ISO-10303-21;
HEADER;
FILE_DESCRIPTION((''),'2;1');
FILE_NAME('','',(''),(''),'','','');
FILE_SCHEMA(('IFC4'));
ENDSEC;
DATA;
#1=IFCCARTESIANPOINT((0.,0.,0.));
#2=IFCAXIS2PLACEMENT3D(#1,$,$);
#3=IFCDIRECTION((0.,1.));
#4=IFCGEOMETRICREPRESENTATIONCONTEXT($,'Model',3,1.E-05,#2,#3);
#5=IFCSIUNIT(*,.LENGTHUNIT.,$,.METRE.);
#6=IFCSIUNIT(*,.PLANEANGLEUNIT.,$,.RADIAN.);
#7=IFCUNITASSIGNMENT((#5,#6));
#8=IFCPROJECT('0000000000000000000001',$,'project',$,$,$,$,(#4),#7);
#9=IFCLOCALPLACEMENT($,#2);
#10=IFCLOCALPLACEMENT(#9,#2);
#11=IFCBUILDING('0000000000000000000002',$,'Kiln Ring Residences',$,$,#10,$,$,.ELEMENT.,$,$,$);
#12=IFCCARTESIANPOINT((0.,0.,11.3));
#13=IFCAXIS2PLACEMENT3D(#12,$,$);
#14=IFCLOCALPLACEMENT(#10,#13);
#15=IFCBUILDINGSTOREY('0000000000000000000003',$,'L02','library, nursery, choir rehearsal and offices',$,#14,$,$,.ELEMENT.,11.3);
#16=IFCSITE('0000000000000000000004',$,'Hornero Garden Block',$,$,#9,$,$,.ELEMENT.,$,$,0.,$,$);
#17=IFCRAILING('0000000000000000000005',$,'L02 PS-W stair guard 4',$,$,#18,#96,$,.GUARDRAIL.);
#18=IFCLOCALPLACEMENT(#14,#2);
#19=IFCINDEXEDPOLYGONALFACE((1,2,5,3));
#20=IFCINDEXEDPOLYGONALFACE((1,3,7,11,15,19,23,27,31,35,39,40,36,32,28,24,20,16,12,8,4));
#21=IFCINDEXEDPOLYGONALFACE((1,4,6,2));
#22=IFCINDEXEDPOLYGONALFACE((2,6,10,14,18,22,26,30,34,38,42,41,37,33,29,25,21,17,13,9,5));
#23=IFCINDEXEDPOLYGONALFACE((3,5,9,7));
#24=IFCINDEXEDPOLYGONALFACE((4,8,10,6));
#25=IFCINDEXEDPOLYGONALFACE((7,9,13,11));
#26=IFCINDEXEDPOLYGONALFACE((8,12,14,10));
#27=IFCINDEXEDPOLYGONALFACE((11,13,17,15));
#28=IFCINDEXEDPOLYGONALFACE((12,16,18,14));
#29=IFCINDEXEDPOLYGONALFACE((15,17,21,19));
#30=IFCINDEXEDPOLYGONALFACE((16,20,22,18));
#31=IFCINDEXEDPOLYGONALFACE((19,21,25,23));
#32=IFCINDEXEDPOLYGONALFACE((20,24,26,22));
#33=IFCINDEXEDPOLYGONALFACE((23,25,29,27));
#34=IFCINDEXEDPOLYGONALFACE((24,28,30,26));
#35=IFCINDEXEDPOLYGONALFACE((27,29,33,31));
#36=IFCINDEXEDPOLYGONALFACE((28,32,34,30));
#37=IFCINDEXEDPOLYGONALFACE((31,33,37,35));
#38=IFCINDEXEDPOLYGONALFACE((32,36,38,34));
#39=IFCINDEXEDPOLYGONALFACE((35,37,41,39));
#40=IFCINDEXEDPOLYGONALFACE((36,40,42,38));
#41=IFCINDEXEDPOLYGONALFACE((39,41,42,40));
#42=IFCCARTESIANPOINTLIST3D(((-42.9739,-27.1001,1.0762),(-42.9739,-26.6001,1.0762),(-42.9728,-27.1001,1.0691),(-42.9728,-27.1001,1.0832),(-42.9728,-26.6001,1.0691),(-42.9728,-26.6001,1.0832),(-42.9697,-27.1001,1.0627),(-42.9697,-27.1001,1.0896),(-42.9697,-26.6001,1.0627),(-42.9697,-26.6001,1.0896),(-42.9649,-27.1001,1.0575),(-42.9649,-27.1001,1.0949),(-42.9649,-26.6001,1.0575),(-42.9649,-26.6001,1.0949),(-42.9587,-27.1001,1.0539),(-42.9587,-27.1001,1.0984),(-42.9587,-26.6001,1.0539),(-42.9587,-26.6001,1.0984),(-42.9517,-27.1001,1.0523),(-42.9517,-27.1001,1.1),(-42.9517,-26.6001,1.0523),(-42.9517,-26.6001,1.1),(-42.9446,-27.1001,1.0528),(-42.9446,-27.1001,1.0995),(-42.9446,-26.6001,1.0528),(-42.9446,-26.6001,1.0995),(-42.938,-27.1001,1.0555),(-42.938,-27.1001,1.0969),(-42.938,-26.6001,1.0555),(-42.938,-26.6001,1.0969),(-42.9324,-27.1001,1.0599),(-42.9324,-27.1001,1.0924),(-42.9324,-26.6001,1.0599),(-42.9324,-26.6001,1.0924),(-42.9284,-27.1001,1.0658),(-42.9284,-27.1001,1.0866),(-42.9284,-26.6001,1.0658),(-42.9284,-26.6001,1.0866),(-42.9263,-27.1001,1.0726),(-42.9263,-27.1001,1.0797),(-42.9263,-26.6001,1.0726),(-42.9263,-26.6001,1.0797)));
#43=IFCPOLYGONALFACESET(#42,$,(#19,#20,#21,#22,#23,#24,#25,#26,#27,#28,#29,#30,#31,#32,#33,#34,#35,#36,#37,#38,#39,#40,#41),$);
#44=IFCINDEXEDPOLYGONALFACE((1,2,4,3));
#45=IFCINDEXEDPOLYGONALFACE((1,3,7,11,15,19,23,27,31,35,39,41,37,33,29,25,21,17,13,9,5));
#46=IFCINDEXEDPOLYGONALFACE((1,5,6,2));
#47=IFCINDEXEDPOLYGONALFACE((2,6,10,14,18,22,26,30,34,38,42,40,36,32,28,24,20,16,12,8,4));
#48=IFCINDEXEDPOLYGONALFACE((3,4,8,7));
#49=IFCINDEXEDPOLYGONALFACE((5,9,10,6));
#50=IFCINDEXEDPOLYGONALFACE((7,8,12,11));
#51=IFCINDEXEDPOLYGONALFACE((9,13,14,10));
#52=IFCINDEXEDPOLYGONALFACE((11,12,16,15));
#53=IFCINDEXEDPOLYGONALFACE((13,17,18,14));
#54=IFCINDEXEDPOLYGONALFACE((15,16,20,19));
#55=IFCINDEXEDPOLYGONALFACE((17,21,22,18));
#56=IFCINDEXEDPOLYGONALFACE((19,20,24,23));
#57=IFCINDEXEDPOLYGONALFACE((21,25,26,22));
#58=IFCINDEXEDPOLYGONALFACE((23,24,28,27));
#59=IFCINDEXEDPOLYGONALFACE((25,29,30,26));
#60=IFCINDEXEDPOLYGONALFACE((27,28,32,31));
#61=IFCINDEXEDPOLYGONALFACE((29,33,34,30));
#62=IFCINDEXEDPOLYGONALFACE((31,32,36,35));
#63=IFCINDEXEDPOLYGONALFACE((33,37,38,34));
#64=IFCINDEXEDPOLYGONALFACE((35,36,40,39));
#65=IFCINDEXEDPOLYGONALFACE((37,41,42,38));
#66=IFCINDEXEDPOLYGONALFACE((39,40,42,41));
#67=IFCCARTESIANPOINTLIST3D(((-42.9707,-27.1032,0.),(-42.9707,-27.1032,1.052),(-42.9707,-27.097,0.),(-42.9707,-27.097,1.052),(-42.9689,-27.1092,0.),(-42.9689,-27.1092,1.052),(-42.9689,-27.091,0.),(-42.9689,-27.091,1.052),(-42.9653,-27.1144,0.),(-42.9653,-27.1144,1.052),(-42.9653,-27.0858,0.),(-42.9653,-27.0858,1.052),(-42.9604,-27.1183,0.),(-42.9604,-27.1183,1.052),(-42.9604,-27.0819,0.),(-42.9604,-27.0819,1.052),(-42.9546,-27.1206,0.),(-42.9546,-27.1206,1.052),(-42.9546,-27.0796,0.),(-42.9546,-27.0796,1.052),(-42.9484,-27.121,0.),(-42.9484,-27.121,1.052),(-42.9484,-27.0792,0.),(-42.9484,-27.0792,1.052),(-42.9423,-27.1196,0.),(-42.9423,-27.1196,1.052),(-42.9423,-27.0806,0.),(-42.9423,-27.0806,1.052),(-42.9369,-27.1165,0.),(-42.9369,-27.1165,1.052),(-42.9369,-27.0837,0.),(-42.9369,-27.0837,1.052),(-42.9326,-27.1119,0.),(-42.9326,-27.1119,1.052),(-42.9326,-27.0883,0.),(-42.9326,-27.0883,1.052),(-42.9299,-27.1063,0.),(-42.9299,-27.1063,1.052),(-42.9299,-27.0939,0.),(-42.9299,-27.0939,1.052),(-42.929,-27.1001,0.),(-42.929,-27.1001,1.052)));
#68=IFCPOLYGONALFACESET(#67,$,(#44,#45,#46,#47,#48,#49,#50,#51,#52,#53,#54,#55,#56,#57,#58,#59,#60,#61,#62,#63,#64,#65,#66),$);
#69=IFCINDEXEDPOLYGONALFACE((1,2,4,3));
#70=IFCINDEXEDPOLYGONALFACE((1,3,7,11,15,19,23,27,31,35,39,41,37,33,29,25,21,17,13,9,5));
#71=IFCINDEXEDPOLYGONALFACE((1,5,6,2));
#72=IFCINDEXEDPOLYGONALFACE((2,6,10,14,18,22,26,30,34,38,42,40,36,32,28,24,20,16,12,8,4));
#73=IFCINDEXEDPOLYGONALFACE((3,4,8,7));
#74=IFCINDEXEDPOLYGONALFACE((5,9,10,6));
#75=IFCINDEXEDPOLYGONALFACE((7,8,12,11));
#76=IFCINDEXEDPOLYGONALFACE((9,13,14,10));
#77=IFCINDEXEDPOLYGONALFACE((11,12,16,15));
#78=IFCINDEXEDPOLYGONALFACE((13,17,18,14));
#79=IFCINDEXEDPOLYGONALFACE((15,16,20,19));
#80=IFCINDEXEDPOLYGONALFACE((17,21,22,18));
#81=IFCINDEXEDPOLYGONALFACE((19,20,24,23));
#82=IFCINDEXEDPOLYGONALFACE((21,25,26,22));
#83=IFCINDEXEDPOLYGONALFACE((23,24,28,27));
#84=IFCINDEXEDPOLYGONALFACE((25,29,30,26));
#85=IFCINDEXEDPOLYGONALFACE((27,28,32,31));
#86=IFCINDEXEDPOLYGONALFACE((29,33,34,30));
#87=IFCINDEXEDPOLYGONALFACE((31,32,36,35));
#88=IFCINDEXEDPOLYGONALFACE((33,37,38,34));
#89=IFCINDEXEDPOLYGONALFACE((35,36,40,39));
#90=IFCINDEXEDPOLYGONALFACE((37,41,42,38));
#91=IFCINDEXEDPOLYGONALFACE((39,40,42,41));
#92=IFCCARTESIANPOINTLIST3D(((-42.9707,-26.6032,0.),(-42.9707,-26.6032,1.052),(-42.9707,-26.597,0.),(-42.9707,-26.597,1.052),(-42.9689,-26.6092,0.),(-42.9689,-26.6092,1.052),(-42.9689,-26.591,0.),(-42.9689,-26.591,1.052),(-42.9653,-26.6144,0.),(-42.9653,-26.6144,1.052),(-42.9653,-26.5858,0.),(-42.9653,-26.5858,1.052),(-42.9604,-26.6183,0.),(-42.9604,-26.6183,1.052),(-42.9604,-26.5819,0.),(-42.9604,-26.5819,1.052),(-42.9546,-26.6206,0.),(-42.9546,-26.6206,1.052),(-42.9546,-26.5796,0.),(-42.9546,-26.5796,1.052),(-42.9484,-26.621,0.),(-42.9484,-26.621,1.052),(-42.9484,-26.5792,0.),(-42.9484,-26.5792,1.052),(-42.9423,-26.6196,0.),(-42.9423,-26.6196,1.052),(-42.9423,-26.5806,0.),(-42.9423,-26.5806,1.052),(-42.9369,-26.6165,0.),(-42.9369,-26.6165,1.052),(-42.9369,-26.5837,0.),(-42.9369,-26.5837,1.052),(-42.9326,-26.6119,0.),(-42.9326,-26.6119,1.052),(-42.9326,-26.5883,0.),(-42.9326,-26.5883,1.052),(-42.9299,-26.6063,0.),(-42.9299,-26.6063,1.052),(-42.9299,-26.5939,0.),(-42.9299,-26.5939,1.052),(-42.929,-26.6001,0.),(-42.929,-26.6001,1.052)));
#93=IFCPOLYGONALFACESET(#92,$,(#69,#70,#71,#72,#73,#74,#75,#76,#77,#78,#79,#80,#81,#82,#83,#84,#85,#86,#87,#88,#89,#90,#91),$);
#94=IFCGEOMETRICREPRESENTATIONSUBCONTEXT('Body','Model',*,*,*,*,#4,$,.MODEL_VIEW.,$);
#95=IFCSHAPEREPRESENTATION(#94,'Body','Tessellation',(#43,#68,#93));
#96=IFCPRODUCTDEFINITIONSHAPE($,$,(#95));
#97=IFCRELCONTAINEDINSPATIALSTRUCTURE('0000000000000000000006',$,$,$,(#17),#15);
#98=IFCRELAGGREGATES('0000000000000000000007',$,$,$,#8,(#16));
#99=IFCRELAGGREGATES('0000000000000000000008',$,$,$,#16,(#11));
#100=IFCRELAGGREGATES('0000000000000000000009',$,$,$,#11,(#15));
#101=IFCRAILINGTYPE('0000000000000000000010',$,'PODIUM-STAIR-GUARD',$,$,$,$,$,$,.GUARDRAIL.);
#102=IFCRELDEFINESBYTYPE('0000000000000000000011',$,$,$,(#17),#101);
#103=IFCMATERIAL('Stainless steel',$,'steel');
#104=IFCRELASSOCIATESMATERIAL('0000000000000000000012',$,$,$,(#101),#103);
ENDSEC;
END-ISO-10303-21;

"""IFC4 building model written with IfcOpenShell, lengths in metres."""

from ifc_helpers import new_model, si_unit, direction, frame, origin, origin_2d, place, context, subcontext, project, spatial, circle, extrude, material, type_object, element, save


model = new_model("IFC4")

# Units and contexts
model_context = context("Model", 3, precision=1e-05, world=origin(), true_north=direction((0.0, 1.0)))
body_context = subcontext(model_context, "Body", "Model", "MODEL_VIEW")
ifc_project = project(units=[si_unit("LENGTHUNIT", "METRE"), si_unit("PLANEANGLEUNIT", "RADIAN")], contexts=[model_context])

# Site, building, storey
site_placement = place(None, origin())
site = spatial("IfcSite", under=ifc_project, at=site_placement, Name="Hornero Garden Block", CompositionType="ELEMENT", RefElevation=0.0)
building_placement = place(site_placement, origin())
building = spatial("IfcBuilding", under=site, at=building_placement, Name="Kiln Ring Residences", CompositionType="ELEMENT")
storey_placement = place(building_placement, frame((0.0, 0.0, 11.3)))
storey = spatial("IfcBuildingStorey", under=building, at=storey_placement, Name="L02", Description="library, nursery, choir rehearsal and offices", CompositionType="ELEMENT", Elevation=11.3)

# Railing
ifc_material_1 = material(Name="Stainless steel", Category="steel")
railing_type_1 = type_object("IfcRailingType", Name="PODIUM-STAIR-GUARD", PredefinedType="GUARDRAIL", material=ifc_material_1)
railing_1_placement = place(storey_placement, frame((-42.95, -27.1001, 0.0)))
element("IfcRailing", 1, at=railing_1_placement, inside=storey, type_object=railing_type_1, Name="L02 PS-W stair guard 4", PredefinedType="GUARDRAIL", context=body_context, shape_type="SweptSolid", body=[
    extrude(circle(Radius=0.0239, at=origin_2d()), frame((0.0, 0.0, 1.0762), z_axis=(0.0, 1.0, 0.0), x_axis=(-1.0, 0.0, 0.0)), (0.0, 0.0, 1.0), 0.5),
    extrude(circle(Radius=0.021, at=origin_2d()), origin(), (0.0, 0.0, 1.0), 1.052),
    extrude(circle(Radius=0.021, at=origin_2d()), frame((0.0, 0.5, 0.0)), (0.0, 0.0, 1.0), 1.052),
])

save(model, "model.ifc")
